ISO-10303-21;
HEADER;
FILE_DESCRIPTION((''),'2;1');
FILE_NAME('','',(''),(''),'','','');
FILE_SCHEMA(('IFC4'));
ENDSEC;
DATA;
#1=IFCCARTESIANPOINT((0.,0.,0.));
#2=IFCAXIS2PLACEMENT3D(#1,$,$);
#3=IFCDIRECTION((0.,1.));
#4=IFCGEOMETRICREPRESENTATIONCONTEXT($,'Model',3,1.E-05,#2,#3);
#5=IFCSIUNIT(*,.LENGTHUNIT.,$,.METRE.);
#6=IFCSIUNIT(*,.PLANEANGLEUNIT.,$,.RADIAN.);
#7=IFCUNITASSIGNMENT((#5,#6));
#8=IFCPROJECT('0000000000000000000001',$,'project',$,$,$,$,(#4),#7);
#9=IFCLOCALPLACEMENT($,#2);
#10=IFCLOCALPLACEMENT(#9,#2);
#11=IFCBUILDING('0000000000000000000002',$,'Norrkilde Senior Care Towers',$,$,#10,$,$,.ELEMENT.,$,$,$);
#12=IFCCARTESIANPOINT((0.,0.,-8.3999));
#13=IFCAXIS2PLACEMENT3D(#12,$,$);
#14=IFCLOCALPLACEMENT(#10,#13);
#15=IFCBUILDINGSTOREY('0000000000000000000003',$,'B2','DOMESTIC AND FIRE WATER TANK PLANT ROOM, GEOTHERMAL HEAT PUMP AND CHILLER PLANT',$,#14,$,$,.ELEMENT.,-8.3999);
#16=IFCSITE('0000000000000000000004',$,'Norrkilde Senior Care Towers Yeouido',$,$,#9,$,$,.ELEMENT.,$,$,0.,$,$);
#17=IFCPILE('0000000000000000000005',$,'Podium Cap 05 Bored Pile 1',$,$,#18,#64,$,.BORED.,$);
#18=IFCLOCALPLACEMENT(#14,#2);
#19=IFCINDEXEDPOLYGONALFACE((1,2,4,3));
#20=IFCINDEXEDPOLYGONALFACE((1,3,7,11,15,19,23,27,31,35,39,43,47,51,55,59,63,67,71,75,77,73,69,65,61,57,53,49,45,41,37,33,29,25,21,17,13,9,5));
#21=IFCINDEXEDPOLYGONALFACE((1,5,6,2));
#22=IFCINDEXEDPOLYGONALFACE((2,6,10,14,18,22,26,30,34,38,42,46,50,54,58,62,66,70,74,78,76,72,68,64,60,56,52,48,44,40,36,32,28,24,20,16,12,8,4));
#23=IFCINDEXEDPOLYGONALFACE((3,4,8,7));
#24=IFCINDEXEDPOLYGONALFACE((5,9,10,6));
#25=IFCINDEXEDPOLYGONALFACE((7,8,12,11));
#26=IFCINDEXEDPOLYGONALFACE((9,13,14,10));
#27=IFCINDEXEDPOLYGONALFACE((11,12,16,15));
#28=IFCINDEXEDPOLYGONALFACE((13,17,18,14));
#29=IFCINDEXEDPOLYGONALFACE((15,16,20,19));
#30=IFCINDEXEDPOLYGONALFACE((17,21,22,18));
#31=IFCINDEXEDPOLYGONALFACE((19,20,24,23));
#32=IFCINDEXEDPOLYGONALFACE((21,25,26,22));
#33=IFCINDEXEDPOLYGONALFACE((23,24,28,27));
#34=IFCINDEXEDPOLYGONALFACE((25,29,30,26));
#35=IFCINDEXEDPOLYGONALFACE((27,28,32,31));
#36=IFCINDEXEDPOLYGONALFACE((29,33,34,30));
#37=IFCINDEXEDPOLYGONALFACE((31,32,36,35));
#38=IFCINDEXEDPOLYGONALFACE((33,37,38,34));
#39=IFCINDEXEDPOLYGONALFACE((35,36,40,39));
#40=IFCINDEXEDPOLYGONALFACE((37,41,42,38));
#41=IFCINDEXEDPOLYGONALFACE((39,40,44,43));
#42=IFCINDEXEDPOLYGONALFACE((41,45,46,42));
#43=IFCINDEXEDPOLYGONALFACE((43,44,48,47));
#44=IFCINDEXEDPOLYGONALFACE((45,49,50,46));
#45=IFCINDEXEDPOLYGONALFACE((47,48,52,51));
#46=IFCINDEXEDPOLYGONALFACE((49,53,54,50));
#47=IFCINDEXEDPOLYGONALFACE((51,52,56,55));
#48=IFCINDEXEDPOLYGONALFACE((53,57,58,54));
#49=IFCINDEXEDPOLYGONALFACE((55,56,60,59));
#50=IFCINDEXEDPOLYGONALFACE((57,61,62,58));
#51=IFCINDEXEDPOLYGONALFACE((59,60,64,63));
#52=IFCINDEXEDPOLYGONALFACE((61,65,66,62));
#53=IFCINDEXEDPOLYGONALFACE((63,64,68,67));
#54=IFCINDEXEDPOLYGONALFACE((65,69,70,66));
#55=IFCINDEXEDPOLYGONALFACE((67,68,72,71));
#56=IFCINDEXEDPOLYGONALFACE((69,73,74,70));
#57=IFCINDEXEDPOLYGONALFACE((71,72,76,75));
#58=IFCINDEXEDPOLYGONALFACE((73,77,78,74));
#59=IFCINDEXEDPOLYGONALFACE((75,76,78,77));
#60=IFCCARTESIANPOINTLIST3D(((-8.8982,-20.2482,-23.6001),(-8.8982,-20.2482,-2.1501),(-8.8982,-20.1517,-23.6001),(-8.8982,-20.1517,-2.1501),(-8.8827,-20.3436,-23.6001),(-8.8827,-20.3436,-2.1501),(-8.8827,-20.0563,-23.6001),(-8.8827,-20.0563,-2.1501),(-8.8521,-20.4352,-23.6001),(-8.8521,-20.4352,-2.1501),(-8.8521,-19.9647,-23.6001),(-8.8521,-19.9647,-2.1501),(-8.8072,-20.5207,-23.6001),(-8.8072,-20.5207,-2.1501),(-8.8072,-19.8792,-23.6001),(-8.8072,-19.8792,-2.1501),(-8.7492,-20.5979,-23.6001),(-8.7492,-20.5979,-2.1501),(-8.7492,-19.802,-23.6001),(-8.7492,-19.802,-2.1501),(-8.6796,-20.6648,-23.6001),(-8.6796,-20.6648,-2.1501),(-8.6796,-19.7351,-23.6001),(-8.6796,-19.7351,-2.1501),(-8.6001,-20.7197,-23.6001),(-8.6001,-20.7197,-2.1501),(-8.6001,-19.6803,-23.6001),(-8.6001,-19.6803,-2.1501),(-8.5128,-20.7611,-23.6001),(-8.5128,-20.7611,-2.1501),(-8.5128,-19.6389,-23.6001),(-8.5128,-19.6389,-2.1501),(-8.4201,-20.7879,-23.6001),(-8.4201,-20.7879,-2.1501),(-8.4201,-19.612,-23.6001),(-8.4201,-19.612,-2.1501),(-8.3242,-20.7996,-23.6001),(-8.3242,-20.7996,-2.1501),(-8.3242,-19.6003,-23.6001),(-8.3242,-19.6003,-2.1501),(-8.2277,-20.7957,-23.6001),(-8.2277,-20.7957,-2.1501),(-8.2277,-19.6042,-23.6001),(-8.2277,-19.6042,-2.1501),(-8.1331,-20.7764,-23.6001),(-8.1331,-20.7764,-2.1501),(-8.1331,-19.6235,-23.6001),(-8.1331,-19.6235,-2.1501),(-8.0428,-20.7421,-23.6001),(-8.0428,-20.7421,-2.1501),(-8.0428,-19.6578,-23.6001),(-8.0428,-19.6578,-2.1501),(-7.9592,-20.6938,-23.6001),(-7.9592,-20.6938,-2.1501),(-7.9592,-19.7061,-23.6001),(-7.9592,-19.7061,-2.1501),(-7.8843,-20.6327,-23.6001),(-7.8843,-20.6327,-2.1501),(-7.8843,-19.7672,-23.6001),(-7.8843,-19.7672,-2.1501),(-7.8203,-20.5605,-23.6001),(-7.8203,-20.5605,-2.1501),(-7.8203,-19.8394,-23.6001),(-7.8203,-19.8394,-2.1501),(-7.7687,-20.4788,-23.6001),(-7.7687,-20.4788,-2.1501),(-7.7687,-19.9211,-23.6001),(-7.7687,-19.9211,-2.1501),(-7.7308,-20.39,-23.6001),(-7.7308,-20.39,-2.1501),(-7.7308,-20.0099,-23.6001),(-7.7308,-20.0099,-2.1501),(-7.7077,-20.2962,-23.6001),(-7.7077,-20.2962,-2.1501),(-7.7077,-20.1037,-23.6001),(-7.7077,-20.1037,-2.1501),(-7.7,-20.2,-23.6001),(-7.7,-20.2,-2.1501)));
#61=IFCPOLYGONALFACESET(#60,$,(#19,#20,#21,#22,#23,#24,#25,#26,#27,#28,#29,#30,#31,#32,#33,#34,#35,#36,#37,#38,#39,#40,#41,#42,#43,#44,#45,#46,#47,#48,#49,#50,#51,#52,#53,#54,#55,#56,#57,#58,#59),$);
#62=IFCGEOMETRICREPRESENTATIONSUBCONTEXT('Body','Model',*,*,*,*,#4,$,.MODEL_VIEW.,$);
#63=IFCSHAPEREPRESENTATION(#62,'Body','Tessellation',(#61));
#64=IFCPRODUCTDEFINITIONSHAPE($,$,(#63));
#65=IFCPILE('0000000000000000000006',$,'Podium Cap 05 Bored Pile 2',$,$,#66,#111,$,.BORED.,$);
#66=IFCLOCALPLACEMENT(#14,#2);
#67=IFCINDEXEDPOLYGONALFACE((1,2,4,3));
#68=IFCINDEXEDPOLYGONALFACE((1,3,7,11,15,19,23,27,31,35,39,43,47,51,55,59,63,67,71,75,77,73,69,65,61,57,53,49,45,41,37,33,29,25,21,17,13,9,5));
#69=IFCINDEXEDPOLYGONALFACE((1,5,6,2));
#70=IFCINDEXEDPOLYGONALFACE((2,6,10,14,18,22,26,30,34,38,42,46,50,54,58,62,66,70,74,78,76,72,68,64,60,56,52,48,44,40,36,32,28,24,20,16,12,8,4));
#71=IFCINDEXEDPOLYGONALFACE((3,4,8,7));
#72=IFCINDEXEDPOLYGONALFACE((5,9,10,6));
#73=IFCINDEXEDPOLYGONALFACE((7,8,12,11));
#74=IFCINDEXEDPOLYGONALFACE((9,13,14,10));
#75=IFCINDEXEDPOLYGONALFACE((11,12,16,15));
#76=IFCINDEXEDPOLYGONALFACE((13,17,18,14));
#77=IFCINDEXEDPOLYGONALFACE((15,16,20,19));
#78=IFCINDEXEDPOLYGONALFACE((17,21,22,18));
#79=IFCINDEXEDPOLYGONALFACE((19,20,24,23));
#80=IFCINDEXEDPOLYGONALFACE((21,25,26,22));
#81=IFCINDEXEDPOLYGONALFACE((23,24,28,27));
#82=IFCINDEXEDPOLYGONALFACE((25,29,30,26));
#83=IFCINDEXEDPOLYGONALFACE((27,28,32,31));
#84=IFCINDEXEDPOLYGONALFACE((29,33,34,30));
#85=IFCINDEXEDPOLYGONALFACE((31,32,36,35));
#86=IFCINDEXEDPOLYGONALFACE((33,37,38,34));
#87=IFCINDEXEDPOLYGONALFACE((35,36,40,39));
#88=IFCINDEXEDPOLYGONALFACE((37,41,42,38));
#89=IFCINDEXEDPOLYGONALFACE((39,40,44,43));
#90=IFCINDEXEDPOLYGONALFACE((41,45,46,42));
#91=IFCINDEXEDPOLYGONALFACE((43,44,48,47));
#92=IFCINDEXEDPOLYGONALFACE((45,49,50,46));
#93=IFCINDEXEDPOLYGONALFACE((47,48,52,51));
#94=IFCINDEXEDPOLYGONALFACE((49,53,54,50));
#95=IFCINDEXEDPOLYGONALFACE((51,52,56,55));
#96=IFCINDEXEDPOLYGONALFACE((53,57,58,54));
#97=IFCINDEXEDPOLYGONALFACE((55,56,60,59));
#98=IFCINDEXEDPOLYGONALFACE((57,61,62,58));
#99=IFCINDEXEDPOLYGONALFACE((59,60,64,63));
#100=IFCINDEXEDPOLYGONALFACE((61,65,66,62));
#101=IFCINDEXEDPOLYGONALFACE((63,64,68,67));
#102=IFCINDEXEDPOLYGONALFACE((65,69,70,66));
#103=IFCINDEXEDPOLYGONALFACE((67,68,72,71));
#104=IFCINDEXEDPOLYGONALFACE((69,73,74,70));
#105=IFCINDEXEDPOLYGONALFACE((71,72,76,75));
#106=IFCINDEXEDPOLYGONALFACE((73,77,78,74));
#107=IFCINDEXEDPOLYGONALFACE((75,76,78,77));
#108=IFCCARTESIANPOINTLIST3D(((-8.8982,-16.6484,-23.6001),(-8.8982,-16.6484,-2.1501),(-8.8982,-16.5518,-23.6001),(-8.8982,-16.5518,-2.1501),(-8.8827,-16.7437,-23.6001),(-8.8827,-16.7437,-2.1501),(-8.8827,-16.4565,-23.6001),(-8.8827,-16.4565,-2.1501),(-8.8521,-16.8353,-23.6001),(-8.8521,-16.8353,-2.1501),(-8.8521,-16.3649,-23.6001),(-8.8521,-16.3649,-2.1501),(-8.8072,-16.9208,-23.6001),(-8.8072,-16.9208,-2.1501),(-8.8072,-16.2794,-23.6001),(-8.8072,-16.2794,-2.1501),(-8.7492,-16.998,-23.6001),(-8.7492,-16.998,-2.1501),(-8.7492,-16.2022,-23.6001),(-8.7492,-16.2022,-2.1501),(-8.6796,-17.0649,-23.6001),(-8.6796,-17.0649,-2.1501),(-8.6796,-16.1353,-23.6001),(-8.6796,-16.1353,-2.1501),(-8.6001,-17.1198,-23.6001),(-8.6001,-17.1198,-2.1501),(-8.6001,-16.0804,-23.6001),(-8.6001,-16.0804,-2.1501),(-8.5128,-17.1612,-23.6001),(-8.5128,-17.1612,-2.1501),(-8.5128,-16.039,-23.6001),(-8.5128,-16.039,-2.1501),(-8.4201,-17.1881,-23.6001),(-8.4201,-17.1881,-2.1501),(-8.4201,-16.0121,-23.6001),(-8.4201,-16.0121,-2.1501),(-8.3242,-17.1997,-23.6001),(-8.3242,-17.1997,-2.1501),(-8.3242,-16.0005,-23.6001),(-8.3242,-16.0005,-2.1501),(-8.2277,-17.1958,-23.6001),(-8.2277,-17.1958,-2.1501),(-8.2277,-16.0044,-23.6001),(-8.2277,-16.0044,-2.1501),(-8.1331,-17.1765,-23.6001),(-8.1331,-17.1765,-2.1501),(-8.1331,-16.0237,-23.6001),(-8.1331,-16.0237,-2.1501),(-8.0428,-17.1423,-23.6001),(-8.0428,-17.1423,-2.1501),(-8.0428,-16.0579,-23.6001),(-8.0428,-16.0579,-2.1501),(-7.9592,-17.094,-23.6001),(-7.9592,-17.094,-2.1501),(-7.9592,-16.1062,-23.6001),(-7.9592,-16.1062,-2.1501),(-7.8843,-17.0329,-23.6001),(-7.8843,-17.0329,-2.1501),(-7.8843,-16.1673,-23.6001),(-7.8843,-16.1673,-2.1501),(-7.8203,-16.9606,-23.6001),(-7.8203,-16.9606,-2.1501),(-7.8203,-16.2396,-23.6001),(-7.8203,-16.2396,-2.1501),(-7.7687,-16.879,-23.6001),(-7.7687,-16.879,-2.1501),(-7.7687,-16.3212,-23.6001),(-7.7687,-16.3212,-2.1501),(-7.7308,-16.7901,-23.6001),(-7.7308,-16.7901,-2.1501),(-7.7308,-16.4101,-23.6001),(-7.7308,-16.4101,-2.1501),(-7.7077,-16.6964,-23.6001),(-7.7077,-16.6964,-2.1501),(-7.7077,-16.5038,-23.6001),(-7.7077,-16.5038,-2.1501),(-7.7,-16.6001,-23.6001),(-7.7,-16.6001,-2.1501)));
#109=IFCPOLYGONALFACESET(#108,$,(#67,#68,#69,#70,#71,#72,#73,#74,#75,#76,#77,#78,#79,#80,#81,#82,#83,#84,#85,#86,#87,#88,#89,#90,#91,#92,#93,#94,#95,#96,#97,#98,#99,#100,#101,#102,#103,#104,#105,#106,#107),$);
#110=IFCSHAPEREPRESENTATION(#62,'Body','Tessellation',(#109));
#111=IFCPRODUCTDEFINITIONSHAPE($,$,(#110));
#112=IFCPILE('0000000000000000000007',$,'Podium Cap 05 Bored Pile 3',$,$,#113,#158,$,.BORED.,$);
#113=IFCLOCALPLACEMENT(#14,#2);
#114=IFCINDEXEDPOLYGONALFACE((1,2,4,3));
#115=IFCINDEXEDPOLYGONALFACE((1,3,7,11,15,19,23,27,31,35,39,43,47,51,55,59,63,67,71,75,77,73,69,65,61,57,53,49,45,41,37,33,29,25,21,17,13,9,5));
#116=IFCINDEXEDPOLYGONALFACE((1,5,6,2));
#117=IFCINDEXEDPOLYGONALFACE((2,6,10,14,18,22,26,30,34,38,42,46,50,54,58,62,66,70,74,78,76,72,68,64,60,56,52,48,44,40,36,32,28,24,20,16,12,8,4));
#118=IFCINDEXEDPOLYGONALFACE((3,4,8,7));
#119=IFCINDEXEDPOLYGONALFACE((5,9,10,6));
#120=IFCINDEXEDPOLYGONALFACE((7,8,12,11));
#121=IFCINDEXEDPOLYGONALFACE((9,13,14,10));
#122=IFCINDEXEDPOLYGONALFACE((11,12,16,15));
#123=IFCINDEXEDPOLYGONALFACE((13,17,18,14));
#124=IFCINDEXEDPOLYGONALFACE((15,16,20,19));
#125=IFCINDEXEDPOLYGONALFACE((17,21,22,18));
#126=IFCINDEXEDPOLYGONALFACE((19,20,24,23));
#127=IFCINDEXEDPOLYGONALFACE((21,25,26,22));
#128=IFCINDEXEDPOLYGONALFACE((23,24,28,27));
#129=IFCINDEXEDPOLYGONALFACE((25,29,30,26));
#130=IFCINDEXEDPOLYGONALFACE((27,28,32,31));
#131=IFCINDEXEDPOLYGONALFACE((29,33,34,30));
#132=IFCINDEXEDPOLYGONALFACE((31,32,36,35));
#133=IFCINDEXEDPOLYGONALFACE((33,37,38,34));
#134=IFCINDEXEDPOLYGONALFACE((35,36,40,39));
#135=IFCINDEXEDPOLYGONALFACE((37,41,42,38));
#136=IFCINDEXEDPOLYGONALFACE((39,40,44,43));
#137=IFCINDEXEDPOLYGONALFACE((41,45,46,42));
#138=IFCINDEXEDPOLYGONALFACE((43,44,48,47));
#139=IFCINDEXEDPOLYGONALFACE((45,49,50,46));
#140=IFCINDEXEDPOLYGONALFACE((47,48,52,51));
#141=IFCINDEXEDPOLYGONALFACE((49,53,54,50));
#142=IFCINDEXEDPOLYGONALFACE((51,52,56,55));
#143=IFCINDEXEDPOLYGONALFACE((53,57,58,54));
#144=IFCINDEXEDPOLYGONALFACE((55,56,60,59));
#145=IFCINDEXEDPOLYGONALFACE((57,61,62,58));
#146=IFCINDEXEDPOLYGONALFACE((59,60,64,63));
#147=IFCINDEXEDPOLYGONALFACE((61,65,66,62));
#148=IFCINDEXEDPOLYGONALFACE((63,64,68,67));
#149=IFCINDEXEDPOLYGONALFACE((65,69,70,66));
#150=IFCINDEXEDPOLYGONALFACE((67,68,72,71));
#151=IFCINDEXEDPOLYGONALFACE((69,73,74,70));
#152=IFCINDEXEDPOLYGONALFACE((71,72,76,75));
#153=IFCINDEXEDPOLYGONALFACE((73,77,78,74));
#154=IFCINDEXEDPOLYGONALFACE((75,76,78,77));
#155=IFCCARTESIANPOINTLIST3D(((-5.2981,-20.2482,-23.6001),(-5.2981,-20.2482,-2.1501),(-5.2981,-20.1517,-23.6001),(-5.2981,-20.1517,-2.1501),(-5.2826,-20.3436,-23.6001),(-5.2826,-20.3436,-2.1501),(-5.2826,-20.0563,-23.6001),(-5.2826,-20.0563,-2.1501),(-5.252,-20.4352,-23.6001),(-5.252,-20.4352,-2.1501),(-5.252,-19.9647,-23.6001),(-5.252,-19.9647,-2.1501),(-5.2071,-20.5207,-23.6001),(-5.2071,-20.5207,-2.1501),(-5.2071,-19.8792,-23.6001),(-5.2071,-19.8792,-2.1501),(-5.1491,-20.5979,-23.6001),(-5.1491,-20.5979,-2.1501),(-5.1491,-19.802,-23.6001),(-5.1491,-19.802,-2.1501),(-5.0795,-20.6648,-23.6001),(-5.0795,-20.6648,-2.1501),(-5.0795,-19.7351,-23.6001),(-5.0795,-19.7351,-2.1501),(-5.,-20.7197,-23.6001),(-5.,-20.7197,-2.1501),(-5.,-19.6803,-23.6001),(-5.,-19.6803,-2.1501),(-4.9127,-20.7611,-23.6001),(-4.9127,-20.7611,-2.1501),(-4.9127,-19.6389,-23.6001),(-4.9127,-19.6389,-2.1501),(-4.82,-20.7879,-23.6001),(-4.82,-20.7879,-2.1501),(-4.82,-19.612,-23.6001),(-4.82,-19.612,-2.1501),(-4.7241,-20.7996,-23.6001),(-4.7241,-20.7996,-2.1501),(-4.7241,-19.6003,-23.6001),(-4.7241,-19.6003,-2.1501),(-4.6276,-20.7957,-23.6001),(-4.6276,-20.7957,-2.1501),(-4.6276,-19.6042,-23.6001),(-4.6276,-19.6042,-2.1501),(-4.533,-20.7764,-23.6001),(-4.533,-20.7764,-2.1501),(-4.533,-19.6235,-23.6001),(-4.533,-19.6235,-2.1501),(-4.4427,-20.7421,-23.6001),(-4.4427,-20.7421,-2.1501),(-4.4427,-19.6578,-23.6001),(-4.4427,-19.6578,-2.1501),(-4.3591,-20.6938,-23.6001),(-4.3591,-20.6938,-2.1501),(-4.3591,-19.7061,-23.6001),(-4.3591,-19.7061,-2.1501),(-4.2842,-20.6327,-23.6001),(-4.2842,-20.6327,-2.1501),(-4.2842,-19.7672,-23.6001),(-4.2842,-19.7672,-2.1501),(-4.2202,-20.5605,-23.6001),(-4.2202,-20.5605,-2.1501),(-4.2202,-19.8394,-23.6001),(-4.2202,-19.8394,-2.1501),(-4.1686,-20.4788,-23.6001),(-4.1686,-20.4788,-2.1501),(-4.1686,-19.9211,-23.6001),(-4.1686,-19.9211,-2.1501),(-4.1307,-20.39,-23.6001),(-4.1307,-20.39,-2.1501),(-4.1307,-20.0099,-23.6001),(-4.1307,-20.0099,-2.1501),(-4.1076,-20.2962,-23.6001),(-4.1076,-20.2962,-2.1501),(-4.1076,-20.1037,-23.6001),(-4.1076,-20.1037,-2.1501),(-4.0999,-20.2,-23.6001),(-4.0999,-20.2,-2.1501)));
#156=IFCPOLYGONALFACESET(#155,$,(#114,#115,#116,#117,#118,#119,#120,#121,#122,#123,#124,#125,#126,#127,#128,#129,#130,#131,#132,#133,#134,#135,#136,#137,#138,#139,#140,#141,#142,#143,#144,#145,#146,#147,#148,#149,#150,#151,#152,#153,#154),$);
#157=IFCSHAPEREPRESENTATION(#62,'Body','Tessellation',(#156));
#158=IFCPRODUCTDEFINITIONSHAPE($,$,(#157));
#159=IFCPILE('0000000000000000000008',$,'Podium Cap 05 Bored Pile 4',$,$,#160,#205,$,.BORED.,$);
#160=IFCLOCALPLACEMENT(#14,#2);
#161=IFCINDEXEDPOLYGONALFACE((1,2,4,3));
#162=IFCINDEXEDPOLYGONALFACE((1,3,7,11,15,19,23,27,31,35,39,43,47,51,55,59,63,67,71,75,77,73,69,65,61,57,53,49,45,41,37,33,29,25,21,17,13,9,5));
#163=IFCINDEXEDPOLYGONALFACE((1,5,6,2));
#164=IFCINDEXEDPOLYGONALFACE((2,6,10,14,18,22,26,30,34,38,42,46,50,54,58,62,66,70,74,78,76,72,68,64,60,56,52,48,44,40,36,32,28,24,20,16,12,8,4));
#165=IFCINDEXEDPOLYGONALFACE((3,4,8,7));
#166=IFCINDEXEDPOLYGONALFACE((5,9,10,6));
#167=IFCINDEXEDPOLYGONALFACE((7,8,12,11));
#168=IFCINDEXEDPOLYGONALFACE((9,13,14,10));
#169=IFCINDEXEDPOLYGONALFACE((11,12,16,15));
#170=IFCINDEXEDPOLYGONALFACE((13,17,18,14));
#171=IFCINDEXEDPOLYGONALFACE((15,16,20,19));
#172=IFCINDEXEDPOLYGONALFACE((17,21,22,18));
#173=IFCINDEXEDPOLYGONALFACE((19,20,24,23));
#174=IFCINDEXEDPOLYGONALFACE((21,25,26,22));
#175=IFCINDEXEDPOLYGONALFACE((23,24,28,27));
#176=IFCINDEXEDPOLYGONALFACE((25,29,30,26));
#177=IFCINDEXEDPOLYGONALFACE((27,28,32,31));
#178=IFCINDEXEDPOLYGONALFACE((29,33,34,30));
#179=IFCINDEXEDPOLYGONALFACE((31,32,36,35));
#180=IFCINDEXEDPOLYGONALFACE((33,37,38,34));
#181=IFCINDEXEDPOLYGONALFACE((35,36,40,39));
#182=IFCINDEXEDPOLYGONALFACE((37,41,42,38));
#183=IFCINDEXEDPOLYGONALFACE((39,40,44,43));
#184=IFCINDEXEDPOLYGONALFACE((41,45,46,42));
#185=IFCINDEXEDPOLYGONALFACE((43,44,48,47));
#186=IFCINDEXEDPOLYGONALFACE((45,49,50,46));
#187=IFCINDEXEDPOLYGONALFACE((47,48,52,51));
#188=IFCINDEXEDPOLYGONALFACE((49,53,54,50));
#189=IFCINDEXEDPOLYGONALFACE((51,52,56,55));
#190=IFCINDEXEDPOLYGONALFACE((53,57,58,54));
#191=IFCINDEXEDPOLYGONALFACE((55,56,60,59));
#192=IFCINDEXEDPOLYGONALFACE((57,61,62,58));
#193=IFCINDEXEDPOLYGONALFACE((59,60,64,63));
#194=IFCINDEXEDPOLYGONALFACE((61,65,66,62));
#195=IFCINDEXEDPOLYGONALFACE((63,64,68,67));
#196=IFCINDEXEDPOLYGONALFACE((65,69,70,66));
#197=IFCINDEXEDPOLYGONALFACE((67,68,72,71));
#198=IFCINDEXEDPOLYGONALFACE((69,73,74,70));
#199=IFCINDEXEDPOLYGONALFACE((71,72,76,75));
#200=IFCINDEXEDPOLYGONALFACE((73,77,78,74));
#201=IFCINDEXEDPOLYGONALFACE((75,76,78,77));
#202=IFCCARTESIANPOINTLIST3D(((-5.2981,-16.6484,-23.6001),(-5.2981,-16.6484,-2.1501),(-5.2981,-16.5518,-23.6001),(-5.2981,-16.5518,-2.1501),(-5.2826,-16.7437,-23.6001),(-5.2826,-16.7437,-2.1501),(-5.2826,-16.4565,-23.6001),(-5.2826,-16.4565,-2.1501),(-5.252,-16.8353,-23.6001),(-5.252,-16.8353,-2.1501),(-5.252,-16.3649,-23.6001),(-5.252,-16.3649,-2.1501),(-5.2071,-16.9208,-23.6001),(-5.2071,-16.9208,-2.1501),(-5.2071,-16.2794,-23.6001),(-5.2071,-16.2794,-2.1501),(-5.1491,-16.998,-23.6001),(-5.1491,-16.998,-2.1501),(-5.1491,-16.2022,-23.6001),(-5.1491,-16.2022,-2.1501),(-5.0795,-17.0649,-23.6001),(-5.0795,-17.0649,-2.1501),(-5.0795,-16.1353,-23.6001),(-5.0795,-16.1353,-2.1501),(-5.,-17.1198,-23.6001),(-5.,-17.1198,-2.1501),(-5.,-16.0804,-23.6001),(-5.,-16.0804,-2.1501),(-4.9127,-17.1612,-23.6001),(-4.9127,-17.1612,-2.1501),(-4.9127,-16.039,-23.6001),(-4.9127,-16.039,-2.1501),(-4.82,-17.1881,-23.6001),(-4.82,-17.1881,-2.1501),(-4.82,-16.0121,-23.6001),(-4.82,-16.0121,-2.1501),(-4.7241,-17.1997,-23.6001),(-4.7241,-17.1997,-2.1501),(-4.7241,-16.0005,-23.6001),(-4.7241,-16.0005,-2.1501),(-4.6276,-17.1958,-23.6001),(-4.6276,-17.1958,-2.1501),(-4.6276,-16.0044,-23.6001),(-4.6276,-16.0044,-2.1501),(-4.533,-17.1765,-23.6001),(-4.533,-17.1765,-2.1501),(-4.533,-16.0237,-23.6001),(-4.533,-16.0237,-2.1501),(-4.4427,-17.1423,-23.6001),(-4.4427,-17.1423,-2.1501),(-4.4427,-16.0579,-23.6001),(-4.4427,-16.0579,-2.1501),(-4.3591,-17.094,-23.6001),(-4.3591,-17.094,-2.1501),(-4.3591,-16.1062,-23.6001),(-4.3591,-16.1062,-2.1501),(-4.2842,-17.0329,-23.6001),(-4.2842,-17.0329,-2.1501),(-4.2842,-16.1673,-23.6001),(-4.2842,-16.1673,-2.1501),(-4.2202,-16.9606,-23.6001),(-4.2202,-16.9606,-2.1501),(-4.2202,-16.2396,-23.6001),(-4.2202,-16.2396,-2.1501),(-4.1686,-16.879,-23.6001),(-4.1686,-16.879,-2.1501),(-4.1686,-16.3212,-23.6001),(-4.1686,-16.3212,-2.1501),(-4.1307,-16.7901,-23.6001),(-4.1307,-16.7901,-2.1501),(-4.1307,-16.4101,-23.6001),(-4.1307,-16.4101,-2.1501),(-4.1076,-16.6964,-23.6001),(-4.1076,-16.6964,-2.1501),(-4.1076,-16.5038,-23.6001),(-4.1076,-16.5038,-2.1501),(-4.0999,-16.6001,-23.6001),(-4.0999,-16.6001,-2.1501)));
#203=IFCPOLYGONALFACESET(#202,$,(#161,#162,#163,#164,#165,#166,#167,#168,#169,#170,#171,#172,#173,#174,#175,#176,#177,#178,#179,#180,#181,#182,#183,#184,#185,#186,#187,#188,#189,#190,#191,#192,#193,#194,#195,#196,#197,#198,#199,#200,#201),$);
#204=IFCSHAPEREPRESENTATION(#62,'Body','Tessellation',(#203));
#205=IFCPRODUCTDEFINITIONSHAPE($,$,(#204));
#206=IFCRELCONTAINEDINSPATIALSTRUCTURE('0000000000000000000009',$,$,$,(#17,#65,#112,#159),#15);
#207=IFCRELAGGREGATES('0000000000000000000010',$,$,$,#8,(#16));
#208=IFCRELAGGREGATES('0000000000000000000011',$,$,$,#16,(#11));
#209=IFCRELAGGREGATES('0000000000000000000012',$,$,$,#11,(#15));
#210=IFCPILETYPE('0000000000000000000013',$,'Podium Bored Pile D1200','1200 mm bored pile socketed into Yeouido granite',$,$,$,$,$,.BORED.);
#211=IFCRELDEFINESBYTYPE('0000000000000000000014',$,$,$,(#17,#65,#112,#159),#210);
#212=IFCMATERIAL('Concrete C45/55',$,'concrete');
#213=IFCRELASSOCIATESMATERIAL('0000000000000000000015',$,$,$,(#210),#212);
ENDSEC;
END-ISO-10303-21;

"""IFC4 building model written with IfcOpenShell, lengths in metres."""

from ifc_helpers import new_model, si_unit, direction, frame, origin, origin_2d, place, context, subcontext, project, spatial, circle, extrude, source, transform, mapped, material, material_profile, profile_set, type_object, type_shapes, element, save


model = new_model("IFC4")

# Units and contexts
model_context = context("Model", 3, precision=1e-05, world=origin(), true_north=direction((0.0, 1.0)))
body_context = subcontext(model_context, "Body", "Model", "MODEL_VIEW")
ifc_project = project(units=[si_unit("LENGTHUNIT", "METRE"), si_unit("PLANEANGLEUNIT", "RADIAN")], contexts=[model_context])

# Site, building, storey
site_placement = place(None, origin())
site = spatial("IfcSite", under=ifc_project, at=site_placement, Name="Norrkilde Senior Care Towers Yeouido", CompositionType="ELEMENT", RefElevation=0.0)
building_placement = place(site_placement, origin())
building = spatial("IfcBuilding", under=site, at=building_placement, Name="Norrkilde Senior Care Towers", CompositionType="ELEMENT")
storey_placement = place(building_placement, frame((0.0, 0.0, -8.3999)))
storey = spatial("IfcBuildingStorey", under=building, at=storey_placement, Name="B2", Description="DOMESTIC AND FIRE WATER TANK PLANT ROOM, GEOTHERMAL HEAT PUMP AND CHILLER PLANT", CompositionType="ELEMENT", Elevation=-8.3999)

# Piles
ifc_material_1 = material(Name="Concrete C45/55", Category="concrete")
ifc_material_profile_1 = material_profile(ifc_material_1, circle(Radius=0.6001, at=origin_2d()), Name="BORED PILE 1200")
ifc_profile_set_1 = profile_set([ifc_material_profile_1], Name="Concrete C45/55")
pile_type = type_object("IfcPileType", Name="Podium Bored Pile D1200", Description="1200 mm bored pile socketed into Yeouido granite", PredefinedType="BORED", material=ifc_profile_set_1)
shared_shape_1 = source(origin(), body_context, "Body", "SweptSolid", [
    extrude(circle(Radius=0.6001, at=origin_2d()), origin(), (0.0, 0.0, 1.0), 21.45),
])
type_shapes(pile_type, [shared_shape_1])
for number, where, z_axis, x_axis, name in (
    (1, (-8.3, -20.2, -2.1501), (0.0, 0.0, -1.0), (1.0, 0.0, 0.0), "Podium Cap 05 Bored Pile 1"),
    (2, (-8.3, -16.6001, -2.1501), (0.0, 0.0, -1.0), (1.0, 0.0, 0.0), "Podium Cap 05 Bored Pile 2"),
    (3, (-4.7, -20.2, -2.1501), (0.0, 0.0, -1.0), (1.0, 0.0, 0.0), "Podium Cap 05 Bored Pile 3"),
    (4, (-4.7, -16.6001, -2.1501), (0.0, 0.0, -1.0), (1.0, 0.0, 0.0), "Podium Cap 05 Bored Pile 4"),
):
    element("IfcPile", number, at=place(storey_placement, frame(where, z_axis=z_axis, x_axis=x_axis)), inside=storey, type_object=pile_type, Name=name, PredefinedType="BORED", context=body_context, shape_type="MappedRepresentation", body=[
        mapped(shared_shape_1, transform((0.0, 0.0, 0.0), x_axis=(1.0, 0.0, 0.0), y_axis=(0.0, 1.0, 0.0), z_axis=(0.0, 0.0, 1.0), scale=1.0)),
    ])

save(model, "model.ifc")
